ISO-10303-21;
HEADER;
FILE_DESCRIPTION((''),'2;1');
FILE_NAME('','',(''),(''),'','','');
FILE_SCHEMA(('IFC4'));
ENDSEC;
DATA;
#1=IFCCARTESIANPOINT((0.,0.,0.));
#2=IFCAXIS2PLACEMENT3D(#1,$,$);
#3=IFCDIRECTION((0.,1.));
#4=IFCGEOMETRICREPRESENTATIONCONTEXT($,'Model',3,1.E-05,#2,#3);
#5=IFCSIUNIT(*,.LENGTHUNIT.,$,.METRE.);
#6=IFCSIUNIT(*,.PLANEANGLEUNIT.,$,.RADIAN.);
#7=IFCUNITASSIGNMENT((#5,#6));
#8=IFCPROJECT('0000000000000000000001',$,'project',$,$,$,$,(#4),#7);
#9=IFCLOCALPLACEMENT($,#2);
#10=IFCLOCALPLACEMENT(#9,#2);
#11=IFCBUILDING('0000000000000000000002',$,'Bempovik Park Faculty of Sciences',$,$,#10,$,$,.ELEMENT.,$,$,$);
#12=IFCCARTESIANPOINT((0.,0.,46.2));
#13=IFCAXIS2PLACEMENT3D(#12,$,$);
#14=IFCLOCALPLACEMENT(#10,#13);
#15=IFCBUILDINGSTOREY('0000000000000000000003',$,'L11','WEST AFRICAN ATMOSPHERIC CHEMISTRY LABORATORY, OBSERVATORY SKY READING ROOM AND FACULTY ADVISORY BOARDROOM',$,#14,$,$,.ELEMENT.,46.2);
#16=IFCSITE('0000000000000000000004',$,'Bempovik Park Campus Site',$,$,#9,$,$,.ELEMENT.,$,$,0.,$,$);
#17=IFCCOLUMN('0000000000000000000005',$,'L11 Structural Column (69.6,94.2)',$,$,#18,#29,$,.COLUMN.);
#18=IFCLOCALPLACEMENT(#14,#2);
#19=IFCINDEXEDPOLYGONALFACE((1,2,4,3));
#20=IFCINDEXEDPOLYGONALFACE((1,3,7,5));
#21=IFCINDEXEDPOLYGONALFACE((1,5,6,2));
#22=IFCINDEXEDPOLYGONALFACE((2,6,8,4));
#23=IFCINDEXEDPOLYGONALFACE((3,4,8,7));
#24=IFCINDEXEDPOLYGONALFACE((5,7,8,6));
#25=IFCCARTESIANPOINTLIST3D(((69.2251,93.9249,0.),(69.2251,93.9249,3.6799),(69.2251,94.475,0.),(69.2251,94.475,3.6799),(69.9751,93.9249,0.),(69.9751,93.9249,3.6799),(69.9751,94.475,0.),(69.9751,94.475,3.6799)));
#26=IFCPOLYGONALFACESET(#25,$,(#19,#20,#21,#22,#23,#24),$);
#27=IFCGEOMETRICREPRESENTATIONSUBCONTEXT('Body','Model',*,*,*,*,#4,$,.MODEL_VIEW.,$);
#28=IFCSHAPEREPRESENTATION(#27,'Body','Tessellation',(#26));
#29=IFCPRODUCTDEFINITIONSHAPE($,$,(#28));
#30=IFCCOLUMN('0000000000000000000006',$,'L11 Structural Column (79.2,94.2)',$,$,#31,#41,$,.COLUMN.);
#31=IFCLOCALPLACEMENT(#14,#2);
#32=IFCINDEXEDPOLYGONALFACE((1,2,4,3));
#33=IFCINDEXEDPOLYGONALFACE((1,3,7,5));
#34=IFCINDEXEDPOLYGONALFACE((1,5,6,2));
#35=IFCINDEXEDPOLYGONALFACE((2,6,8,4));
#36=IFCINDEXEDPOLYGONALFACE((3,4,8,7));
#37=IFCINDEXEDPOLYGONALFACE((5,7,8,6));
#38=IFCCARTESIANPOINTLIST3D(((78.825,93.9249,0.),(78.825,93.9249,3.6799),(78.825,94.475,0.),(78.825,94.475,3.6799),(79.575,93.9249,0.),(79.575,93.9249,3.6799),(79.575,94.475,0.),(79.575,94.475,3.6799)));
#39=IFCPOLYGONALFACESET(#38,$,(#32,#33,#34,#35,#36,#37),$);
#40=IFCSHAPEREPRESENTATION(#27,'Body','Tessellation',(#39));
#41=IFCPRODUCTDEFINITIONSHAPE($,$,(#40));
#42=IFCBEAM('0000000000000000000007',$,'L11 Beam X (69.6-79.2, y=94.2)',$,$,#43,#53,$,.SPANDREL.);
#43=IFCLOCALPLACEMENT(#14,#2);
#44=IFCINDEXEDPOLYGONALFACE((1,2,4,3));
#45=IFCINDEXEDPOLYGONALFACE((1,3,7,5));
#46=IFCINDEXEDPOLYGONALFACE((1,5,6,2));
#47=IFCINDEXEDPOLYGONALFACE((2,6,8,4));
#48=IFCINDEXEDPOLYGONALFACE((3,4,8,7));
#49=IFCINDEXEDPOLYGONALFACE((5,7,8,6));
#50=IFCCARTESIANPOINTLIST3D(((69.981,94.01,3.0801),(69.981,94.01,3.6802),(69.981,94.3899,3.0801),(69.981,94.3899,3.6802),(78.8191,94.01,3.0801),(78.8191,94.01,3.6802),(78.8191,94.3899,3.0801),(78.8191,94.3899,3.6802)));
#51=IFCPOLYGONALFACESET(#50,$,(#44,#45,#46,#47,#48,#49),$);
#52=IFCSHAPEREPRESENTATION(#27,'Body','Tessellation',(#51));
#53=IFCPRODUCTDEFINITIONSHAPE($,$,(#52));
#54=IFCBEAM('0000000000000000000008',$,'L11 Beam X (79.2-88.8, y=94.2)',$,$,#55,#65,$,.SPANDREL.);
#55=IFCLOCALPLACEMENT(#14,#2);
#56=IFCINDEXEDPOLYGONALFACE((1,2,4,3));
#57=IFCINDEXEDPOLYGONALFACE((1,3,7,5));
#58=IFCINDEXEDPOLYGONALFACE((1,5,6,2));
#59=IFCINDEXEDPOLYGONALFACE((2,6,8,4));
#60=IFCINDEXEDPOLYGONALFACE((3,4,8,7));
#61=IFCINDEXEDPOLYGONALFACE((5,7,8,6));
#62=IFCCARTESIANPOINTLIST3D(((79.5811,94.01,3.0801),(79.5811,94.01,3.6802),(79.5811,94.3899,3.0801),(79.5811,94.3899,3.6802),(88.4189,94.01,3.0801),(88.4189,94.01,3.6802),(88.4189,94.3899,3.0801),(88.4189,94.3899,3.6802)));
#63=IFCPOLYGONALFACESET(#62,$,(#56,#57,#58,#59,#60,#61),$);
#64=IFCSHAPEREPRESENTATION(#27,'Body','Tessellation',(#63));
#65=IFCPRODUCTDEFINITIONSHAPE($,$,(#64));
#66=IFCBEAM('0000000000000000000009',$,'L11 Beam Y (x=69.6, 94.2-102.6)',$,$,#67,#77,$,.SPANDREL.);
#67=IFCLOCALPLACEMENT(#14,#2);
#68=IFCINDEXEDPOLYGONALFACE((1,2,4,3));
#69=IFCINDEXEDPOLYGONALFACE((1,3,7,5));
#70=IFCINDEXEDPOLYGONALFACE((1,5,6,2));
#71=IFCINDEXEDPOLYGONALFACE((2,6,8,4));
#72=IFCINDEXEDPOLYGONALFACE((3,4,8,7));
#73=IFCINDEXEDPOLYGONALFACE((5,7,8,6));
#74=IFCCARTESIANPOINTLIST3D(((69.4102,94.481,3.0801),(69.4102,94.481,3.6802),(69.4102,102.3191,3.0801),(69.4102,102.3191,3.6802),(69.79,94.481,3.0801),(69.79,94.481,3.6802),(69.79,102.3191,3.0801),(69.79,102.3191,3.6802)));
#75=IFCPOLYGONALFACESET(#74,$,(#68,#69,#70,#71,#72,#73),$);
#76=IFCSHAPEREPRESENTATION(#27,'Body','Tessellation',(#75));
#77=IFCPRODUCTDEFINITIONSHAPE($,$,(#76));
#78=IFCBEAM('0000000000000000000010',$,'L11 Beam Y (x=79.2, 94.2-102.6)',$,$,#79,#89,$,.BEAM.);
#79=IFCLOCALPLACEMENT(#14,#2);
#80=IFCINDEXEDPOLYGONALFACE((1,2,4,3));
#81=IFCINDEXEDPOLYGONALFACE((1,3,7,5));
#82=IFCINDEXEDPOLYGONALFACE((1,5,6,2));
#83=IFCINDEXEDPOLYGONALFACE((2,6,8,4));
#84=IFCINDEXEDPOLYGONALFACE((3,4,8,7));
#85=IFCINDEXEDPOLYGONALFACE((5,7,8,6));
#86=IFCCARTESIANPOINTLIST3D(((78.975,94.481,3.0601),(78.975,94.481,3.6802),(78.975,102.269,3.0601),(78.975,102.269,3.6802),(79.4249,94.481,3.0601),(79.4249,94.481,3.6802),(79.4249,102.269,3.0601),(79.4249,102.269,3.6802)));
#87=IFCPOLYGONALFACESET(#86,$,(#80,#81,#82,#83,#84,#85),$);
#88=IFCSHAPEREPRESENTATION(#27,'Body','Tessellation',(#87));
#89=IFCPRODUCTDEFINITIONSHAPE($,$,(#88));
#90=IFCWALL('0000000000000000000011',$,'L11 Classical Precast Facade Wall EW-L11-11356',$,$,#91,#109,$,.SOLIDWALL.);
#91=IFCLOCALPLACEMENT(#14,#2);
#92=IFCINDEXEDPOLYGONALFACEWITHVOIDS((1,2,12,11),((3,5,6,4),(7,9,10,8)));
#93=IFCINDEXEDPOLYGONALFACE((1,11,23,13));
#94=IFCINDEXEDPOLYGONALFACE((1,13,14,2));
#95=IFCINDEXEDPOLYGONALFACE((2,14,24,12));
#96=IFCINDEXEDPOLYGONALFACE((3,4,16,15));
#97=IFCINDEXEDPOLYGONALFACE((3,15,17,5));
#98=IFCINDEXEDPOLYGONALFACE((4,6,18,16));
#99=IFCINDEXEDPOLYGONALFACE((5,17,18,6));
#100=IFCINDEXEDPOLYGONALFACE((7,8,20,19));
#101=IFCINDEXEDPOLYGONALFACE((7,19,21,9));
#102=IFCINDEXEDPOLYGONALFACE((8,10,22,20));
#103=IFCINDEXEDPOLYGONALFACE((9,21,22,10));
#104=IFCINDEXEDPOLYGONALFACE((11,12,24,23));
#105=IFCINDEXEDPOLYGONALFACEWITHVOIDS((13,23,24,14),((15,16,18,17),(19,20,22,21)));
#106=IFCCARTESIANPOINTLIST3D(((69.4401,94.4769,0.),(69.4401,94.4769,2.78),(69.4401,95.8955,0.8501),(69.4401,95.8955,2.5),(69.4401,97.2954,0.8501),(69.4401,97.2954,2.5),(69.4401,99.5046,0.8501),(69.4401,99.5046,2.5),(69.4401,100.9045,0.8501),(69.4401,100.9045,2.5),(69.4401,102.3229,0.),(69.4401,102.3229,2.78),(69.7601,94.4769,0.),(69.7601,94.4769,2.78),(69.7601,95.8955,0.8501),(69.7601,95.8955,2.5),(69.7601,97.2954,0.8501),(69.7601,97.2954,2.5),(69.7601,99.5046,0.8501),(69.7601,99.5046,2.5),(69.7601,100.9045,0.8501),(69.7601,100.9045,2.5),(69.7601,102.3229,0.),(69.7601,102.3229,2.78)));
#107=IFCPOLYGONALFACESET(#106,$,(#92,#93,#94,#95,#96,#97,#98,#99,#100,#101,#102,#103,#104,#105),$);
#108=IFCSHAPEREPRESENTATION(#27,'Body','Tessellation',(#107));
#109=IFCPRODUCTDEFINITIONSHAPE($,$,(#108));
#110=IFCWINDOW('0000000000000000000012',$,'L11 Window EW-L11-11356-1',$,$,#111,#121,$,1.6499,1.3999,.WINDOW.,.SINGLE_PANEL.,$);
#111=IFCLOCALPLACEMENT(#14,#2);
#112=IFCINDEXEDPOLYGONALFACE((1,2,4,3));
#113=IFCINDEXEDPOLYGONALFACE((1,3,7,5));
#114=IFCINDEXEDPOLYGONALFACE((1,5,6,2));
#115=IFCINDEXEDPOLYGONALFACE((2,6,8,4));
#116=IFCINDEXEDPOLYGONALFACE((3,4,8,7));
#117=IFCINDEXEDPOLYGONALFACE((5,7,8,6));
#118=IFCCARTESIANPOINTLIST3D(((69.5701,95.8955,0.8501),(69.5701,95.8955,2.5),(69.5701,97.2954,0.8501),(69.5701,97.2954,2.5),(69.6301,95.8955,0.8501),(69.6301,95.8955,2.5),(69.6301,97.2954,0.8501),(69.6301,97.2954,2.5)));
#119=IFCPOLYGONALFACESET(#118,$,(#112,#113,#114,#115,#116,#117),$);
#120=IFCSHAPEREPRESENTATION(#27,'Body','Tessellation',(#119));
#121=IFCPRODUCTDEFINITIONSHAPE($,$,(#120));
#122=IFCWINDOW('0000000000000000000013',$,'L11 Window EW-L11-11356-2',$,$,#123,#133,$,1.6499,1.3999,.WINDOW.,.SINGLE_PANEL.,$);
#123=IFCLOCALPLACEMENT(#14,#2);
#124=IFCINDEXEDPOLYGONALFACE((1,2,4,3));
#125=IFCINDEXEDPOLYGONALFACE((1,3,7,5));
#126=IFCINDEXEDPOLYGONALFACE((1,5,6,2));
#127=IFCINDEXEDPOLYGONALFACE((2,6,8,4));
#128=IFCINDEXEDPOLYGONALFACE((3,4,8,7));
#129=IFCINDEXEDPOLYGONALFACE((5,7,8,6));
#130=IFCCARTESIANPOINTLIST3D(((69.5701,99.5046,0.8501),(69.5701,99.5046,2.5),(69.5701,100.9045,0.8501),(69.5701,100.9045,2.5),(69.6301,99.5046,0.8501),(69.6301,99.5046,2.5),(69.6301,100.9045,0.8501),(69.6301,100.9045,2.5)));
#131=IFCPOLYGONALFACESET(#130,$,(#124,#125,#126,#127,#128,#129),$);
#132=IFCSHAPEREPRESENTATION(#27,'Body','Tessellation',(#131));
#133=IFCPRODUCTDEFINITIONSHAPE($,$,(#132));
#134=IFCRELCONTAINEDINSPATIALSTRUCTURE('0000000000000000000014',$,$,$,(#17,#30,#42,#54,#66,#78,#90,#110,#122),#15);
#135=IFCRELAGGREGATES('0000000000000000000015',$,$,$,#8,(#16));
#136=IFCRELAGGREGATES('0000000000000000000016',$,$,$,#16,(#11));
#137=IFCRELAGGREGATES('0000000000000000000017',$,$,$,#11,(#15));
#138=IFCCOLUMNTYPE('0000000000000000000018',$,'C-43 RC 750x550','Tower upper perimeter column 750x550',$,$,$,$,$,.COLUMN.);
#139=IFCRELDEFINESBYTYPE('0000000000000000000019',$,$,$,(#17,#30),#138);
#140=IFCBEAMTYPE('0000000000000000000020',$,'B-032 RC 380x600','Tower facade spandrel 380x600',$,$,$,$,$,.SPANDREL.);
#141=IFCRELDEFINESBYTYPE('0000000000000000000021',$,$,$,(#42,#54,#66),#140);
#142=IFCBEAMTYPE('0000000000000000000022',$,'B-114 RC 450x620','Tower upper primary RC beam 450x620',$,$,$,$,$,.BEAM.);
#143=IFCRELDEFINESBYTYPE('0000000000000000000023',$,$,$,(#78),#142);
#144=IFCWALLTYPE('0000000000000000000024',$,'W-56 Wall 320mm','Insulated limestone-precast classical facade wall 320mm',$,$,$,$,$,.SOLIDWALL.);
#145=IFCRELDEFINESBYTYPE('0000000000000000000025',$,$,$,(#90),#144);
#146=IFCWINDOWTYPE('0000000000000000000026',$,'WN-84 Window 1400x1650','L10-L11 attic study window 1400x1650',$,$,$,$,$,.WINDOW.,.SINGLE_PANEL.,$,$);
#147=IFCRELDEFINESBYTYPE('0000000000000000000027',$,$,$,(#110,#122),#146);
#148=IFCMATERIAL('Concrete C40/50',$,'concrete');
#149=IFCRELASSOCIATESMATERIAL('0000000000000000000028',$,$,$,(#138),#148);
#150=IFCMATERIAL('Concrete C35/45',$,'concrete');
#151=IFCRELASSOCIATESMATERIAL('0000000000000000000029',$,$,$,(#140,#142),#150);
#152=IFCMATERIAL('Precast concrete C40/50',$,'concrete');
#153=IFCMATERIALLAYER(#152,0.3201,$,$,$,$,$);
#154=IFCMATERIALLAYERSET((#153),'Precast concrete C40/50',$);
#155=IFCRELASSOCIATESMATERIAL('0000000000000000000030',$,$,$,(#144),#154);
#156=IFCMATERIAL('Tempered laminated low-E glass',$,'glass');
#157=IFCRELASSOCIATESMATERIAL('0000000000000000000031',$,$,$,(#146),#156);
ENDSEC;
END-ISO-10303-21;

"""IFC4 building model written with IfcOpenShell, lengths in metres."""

from ifc_helpers import new_model, si_unit, direction, frame, frame_2d, origin, origin_2d, place, context, subcontext, project, spatial, rectangle, extrude, material, layer, layer_set, material_profile, profile_set, type_object, element, fill, save


model = new_model("IFC4")

# Units and contexts
model_context = context("Model", 3, precision=1e-05, world=origin(), true_north=direction((0.0, 1.0)))
body_context = subcontext(model_context, "Body", "Model", "MODEL_VIEW")
ifc_project = project(units=[si_unit("LENGTHUNIT", "METRE"), si_unit("PLANEANGLEUNIT", "RADIAN")], contexts=[model_context])

# Site, building, storey
site_placement = place(None, origin())
site = spatial("IfcSite", under=ifc_project, at=site_placement, Name="Bempovik Park Campus Site", CompositionType="ELEMENT", RefElevation=0.0)
building_placement = place(site_placement, origin())
building = spatial("IfcBuilding", under=site, at=building_placement, Name="Bempovik Park Faculty of Sciences", CompositionType="ELEMENT")
storey_placement = place(building_placement, frame((0.0, 0.0, 46.2)))
storey = spatial("IfcBuildingStorey", under=building, at=storey_placement, Name="L11", Description="WEST AFRICAN ATMOSPHERIC CHEMISTRY LABORATORY, OBSERVATORY SKY READING ROOM AND FACULTY ADVISORY BOARDROOM", CompositionType="ELEMENT", Elevation=46.2)

# Columns
ifc_material_1 = material(Name="Concrete C40/50", Category="concrete")
ifc_material_profile_1 = material_profile(ifc_material_1, rectangle(XDim=0.75, YDim=0.55, at=origin_2d()), Name="RC 750x550")
ifc_profile_set_1 = profile_set([ifc_material_profile_1], Name="Concrete C40/50")
column_type = type_object("IfcColumnType", Name="C-43 RC 750x550", Description="Tower upper perimeter column 750x550", PredefinedType="COLUMN", material=ifc_profile_set_1)
for number, where, z_axis, x_axis, name in (
    (1, (69.6001, 94.2, 0.0), (0.0, 0.0, 1.0), (1.0, 0.0, 0.0), "L11 Structural Column (69.6,94.2)"),
    (2, (79.2, 94.2, 0.0), (0.0, 0.0, 1.0), (1.0, 0.0, 0.0), "L11 Structural Column (79.2,94.2)"),
):
    element("IfcColumn", number, at=place(storey_placement, frame(where, z_axis=z_axis, x_axis=x_axis)), inside=storey, type_object=column_type, Name=name, PredefinedType="COLUMN", context=body_context, shape_type="SweptSolid", body=[
        extrude(rectangle(XDim=0.75, YDim=0.55, at=origin_2d()), origin(), (0.0, 0.0, 1.0), 3.6799),
    ])

# Beams
ifc_material_2 = material(Name="Concrete C35/45", Category="concrete")
ifc_material_profile_2 = material_profile(ifc_material_2, rectangle(XDim=0.3799, YDim=0.6001, at=origin_2d()), Name="RC 380x600")
ifc_profile_set_2 = profile_set([ifc_material_profile_2], Name="Concrete C35/45")
beam_type_1 = type_object("IfcBeamType", Name="B-032 RC 380x600", Description="Tower facade spandrel 380x600", PredefinedType="SPANDREL", material=ifc_profile_set_2)
beam_1_placement = place(storey_placement, frame((69.981, 94.2, 3.3801), z_axis=(1.0, 0.0, 0.0), x_axis=(0.0, 1.0, 0.0)))
element("IfcBeam", 3, at=beam_1_placement, inside=storey, type_object=beam_type_1, Name="L11 Beam X (69.6-79.2, y=94.2)", PredefinedType="SPANDREL", context=body_context, shape_type="SweptSolid", body=[
    extrude(rectangle(XDim=0.3799, YDim=0.6001, at=origin_2d()), origin(), (0.0, 0.0, 1.0), 8.8381),
])
beam_2_placement = place(storey_placement, frame((79.5811, 94.2, 3.3801), z_axis=(1.0, 0.0, 0.0), x_axis=(0.0, 1.0, 0.0)))
element("IfcBeam", 4, at=beam_2_placement, inside=storey, type_object=beam_type_1, Name="L11 Beam X (79.2-88.8, y=94.2)", PredefinedType="SPANDREL", context=body_context, shape_type="SweptSolid", body=[
    extrude(rectangle(XDim=0.3799, YDim=0.6001, at=origin_2d()), origin(), (0.0, 0.0, 1.0), 8.8379),
])
beam_3_placement = place(storey_placement, frame((69.6001, 94.481, 3.3801), z_axis=(0.0, 1.0, 0.0), x_axis=(-1.0, 0.0, 0.0)))
element("IfcBeam", 5, at=beam_3_placement, inside=storey, type_object=beam_type_1, Name="L11 Beam Y (x=69.6, 94.2-102.6)", PredefinedType="SPANDREL", context=body_context, shape_type="SweptSolid", body=[
    extrude(rectangle(XDim=0.3799, YDim=0.6001, at=origin_2d()), origin(), (0.0, 0.0, 1.0), 7.8381),
])
ifc_material_profile_3 = material_profile(ifc_material_2, rectangle(XDim=0.45, YDim=0.6201, at=origin_2d()), Name="RC 450x620")
ifc_profile_set_3 = profile_set([ifc_material_profile_3], Name="Concrete C35/45")
beam_type_2 = type_object("IfcBeamType", Name="B-114 RC 450x620", Description="Tower upper primary RC beam 450x620", PredefinedType="BEAM", material=ifc_profile_set_3)
beam_4_placement = place(storey_placement, frame((79.2, 94.481, 3.3701), z_axis=(0.0, 1.0, 0.0), x_axis=(-1.0, 0.0, 0.0)))
element("IfcBeam", 6, at=beam_4_placement, inside=storey, type_object=beam_type_2, Name="L11 Beam Y (x=79.2, 94.2-102.6)", PredefinedType="BEAM", context=body_context, shape_type="SweptSolid", body=[
    extrude(rectangle(XDim=0.45, YDim=0.6201, at=origin_2d()), origin(), (0.0, 0.0, 1.0), 7.7881),
])

# Wall, openings, windows
ifc_material_3 = material(Name="Precast concrete C40/50", Category="concrete")
ifc_layer_1 = layer(ifc_material_3, 0.3201)
ifc_layer_set_1 = layer_set([ifc_layer_1], Name="Precast concrete C40/50")
wall_type = type_object("IfcWallType", Name="W-56 Wall 320mm", Description="Insulated limestone-precast classical facade wall 320mm", PredefinedType="SOLIDWALL", material=ifc_layer_set_1)
wall_1_placement = place(storey_placement, frame((69.6001, 94.4771, 0.0), z_axis=(0.0, 0.0, 1.0), x_axis=(0.0, 1.0, 0.0)))
wall_1 = element("IfcWall", 7, at=wall_1_placement, inside=storey, type_object=wall_type, Name="L11 Classical Precast Facade Wall EW-L11-11356", PredefinedType="SOLIDWALL", context=body_context, shape_type="SweptSolid", body=[
    extrude(rectangle(XDim=7.8459, YDim=0.3201, at=frame_2d((3.9229, 0.0))), origin(), (0.0, 0.0, 1.0), 2.78),
])
opening_1_placement = place(wall_1_placement, frame((1.4185, 0.0, 0.8501)))
opening_1 = element("IfcOpeningElement", 8, at=opening_1_placement, cuts=wall_1, PredefinedType="OPENING", context=body_context, shape_type="SweptSolid", body=[
    extrude(rectangle(XDim=1.3999, YDim=1.6499, at=frame_2d((0.7, 0.825))), frame((0.0, 0.1699, 0.0), z_axis=(0.0, -1.0, 0.0), x_axis=(1.0, 0.0, 0.0)), (0.0, 0.0, 1.0), 0.3401),
])
opening_2_placement = place(wall_1_placement, frame((5.0276, 0.0, 0.8501)))
opening_2 = element("IfcOpeningElement", 9, at=opening_2_placement, cuts=wall_1, PredefinedType="OPENING", context=body_context, shape_type="SweptSolid", body=[
    extrude(rectangle(XDim=1.3999, YDim=1.6499, at=frame_2d((0.7, 0.825))), frame((0.0, 0.1699, 0.0), z_axis=(0.0, -1.0, 0.0), x_axis=(1.0, 0.0, 0.0)), (0.0, 0.0, 1.0), 0.3401),
])
ifc_material_4 = material(Name="Tempered laminated low-E glass", Category="glass")
window_type_1 = type_object("IfcWindowType", Name="WN-84 Window 1400x1650", Description="L10-L11 attic study window 1400x1650", PartitioningType="SINGLE_PANEL", PredefinedType="WINDOW", material=ifc_material_4)
window_1_placement = place(opening_1_placement, origin())
window_1 = element("IfcWindow", 10, at=window_1_placement, inside=storey, type_object=window_type_1, Name="L11 Window EW-L11-11356-1", OverallHeight=1.6499, OverallWidth=1.3999, PartitioningType="SINGLE_PANEL", PredefinedType="WINDOW", context=body_context, shape_type="SweptSolid", body=[
    extrude(rectangle(XDim=1.3999, YDim=1.6499, at=frame_2d((0.7, 0.825))), frame((0.0, 0.03, 0.0), z_axis=(0.0, -1.0, 0.0), x_axis=(1.0, 0.0, 0.0)), (0.0, 0.0, 1.0), 0.0601),
])
fill(opening_1, window_1)
window_2_placement = place(opening_2_placement, origin())
window_2 = element("IfcWindow", 11, at=window_2_placement, inside=storey, type_object=window_type_1, Name="L11 Window EW-L11-11356-2", OverallHeight=1.6499, OverallWidth=1.3999, PartitioningType="SINGLE_PANEL", PredefinedType="WINDOW", context=body_context, shape_type="SweptSolid", body=[
    extrude(rectangle(XDim=1.3999, YDim=1.6499, at=frame_2d((0.7, 0.825))), frame((0.0, 0.03, 0.0), z_axis=(0.0, -1.0, 0.0), x_axis=(1.0, 0.0, 0.0)), (0.0, 0.0, 1.0), 0.0601),
])
fill(opening_2, window_2)

save(model, "model.ifc")
